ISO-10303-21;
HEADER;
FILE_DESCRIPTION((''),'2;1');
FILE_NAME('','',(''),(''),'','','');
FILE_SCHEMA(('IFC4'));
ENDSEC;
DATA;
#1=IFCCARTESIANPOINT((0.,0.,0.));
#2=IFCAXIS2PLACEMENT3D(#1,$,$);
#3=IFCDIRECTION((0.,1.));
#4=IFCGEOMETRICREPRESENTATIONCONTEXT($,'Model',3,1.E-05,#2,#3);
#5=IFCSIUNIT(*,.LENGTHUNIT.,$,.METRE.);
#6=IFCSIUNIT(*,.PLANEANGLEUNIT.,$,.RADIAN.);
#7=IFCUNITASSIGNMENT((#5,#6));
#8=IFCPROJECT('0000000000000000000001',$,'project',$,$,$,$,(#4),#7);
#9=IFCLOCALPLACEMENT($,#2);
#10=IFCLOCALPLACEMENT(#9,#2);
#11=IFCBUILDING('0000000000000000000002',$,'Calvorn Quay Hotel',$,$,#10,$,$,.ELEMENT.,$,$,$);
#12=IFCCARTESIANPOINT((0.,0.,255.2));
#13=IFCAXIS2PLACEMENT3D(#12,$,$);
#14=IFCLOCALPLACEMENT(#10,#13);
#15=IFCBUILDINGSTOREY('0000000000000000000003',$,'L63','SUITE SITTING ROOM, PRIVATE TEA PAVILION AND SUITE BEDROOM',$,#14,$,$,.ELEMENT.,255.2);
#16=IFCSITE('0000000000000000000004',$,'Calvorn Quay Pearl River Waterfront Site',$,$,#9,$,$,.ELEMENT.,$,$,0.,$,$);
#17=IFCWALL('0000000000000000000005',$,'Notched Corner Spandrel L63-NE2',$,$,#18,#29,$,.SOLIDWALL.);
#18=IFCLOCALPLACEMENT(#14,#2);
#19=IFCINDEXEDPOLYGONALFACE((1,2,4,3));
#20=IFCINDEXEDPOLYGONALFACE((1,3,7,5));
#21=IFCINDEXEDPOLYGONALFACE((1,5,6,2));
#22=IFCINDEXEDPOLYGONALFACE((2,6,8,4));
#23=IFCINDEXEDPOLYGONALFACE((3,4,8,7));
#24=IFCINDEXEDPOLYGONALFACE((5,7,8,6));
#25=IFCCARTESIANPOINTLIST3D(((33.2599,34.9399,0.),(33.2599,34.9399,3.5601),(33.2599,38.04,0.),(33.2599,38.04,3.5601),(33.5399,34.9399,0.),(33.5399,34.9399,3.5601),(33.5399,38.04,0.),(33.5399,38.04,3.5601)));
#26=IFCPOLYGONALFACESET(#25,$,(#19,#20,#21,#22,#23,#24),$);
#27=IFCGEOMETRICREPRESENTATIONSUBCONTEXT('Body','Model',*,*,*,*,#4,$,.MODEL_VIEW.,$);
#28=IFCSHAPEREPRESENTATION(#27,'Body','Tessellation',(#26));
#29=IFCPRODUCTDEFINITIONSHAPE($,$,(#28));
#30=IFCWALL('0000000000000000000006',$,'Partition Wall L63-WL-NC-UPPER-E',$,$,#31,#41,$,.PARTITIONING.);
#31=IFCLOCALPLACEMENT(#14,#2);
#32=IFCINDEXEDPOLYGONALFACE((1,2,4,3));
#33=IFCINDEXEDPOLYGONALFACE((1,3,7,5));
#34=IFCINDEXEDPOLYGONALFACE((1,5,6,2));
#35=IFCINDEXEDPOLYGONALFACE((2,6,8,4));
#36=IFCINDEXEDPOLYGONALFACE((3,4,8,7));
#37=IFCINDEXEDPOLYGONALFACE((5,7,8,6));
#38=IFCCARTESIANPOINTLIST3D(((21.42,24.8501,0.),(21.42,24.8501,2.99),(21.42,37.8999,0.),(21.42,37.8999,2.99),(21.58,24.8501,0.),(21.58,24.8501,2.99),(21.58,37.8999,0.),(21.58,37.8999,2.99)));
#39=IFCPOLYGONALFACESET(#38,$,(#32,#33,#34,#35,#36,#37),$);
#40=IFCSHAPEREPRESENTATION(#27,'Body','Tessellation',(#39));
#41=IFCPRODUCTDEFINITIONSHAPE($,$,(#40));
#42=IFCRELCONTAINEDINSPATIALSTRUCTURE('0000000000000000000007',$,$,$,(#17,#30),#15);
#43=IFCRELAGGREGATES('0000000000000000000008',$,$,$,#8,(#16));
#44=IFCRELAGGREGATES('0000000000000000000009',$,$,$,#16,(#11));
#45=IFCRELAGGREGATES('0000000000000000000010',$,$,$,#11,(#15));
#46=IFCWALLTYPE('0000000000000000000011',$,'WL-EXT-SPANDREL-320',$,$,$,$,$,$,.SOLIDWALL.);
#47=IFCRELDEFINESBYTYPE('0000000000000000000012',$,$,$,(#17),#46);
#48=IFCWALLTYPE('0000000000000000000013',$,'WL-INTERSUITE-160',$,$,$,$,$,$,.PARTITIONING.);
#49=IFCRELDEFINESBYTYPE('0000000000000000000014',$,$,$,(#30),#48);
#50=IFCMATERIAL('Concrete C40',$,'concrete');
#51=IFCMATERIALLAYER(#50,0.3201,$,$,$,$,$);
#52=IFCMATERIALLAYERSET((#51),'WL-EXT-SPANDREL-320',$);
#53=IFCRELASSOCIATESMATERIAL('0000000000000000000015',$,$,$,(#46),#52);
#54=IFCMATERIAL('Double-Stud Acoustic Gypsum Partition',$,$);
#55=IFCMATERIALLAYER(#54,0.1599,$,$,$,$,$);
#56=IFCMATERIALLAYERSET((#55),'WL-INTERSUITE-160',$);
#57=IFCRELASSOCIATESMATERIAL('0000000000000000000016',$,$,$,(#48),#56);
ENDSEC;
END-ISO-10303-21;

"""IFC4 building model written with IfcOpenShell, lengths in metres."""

from ifc_helpers import new_model, si_unit, direction, frame, frame_2d, origin, place, context, subcontext, project, spatial, rectangle, extrude, material, layer, layer_set, type_object, element, save


model = new_model("IFC4")

# Units and contexts
model_context = context("Model", 3, precision=1e-05, world=origin(), true_north=direction((0.0, 1.0)))
body_context = subcontext(model_context, "Body", "Model", "MODEL_VIEW")
ifc_project = project(units=[si_unit("LENGTHUNIT", "METRE"), si_unit("PLANEANGLEUNIT", "RADIAN")], contexts=[model_context])

# Site, building, storey
site_placement = place(None, origin())
site = spatial("IfcSite", under=ifc_project, at=site_placement, Name="Calvorn Quay Pearl River Waterfront Site", CompositionType="ELEMENT", RefElevation=0.0)
building_placement = place(site_placement, origin())
building = spatial("IfcBuilding", under=site, at=building_placement, Name="Calvorn Quay Hotel", CompositionType="ELEMENT")
storey_placement = place(building_placement, frame((0.0, 0.0, 255.2)))
storey = spatial("IfcBuildingStorey", under=building, at=storey_placement, Name="L63", Description="SUITE SITTING ROOM, PRIVATE TEA PAVILION AND SUITE BEDROOM", CompositionType="ELEMENT", Elevation=255.2)

# Walls
ifc_material_1 = material(Name="Concrete C40", Category="concrete")
ifc_layer_1 = layer(ifc_material_1, 0.3201)
ifc_layer_set_1 = layer_set([ifc_layer_1], Name="WL-EXT-SPANDREL-320")
wall_type_1 = type_object("IfcWallType", Name="WL-EXT-SPANDREL-320", PredefinedType="SOLIDWALL", material=ifc_layer_set_1)
wall_1_placement = place(storey_placement, frame((33.3999, 34.9399, 0.0), z_axis=(0.0, 0.0, 1.0), x_axis=(0.0, 1.0, 0.0)))
element("IfcWall", 1, at=wall_1_placement, inside=storey, type_object=wall_type_1, Name="Notched Corner Spandrel L63-NE2", PredefinedType="SOLIDWALL", context=body_context, shape_type="SweptSolid", body=[
    extrude(rectangle(XDim=3.1001, YDim=0.28, at=frame_2d((1.55, 0.0))), origin(), (0.0, 0.0, 1.0), 3.5601),
])
ifc_material_2 = material(Name="Double-Stud Acoustic Gypsum Partition")
ifc_layer_2 = layer(ifc_material_2, 0.1599)
ifc_layer_set_2 = layer_set([ifc_layer_2], Name="WL-INTERSUITE-160")
wall_type_2 = type_object("IfcWallType", Name="WL-INTERSUITE-160", PredefinedType="PARTITIONING", material=ifc_layer_set_2)
wall_2_placement = place(storey_placement, frame((21.5, 24.8501, 0.0), z_axis=(0.0, 0.0, 1.0), x_axis=(0.0, 1.0, 0.0)))
element("IfcWall", 2, at=wall_2_placement, inside=storey, type_object=wall_type_2, Name="Partition Wall L63-WL-NC-UPPER-E", PredefinedType="PARTITIONING", context=body_context, shape_type="SweptSolid", body=[
    extrude(rectangle(XDim=13.0498, YDim=0.1599, at=frame_2d((6.5249, 0.0))), origin(), (0.0, 0.0, 1.0), 2.99),
])

save(model, "model.ifc")
